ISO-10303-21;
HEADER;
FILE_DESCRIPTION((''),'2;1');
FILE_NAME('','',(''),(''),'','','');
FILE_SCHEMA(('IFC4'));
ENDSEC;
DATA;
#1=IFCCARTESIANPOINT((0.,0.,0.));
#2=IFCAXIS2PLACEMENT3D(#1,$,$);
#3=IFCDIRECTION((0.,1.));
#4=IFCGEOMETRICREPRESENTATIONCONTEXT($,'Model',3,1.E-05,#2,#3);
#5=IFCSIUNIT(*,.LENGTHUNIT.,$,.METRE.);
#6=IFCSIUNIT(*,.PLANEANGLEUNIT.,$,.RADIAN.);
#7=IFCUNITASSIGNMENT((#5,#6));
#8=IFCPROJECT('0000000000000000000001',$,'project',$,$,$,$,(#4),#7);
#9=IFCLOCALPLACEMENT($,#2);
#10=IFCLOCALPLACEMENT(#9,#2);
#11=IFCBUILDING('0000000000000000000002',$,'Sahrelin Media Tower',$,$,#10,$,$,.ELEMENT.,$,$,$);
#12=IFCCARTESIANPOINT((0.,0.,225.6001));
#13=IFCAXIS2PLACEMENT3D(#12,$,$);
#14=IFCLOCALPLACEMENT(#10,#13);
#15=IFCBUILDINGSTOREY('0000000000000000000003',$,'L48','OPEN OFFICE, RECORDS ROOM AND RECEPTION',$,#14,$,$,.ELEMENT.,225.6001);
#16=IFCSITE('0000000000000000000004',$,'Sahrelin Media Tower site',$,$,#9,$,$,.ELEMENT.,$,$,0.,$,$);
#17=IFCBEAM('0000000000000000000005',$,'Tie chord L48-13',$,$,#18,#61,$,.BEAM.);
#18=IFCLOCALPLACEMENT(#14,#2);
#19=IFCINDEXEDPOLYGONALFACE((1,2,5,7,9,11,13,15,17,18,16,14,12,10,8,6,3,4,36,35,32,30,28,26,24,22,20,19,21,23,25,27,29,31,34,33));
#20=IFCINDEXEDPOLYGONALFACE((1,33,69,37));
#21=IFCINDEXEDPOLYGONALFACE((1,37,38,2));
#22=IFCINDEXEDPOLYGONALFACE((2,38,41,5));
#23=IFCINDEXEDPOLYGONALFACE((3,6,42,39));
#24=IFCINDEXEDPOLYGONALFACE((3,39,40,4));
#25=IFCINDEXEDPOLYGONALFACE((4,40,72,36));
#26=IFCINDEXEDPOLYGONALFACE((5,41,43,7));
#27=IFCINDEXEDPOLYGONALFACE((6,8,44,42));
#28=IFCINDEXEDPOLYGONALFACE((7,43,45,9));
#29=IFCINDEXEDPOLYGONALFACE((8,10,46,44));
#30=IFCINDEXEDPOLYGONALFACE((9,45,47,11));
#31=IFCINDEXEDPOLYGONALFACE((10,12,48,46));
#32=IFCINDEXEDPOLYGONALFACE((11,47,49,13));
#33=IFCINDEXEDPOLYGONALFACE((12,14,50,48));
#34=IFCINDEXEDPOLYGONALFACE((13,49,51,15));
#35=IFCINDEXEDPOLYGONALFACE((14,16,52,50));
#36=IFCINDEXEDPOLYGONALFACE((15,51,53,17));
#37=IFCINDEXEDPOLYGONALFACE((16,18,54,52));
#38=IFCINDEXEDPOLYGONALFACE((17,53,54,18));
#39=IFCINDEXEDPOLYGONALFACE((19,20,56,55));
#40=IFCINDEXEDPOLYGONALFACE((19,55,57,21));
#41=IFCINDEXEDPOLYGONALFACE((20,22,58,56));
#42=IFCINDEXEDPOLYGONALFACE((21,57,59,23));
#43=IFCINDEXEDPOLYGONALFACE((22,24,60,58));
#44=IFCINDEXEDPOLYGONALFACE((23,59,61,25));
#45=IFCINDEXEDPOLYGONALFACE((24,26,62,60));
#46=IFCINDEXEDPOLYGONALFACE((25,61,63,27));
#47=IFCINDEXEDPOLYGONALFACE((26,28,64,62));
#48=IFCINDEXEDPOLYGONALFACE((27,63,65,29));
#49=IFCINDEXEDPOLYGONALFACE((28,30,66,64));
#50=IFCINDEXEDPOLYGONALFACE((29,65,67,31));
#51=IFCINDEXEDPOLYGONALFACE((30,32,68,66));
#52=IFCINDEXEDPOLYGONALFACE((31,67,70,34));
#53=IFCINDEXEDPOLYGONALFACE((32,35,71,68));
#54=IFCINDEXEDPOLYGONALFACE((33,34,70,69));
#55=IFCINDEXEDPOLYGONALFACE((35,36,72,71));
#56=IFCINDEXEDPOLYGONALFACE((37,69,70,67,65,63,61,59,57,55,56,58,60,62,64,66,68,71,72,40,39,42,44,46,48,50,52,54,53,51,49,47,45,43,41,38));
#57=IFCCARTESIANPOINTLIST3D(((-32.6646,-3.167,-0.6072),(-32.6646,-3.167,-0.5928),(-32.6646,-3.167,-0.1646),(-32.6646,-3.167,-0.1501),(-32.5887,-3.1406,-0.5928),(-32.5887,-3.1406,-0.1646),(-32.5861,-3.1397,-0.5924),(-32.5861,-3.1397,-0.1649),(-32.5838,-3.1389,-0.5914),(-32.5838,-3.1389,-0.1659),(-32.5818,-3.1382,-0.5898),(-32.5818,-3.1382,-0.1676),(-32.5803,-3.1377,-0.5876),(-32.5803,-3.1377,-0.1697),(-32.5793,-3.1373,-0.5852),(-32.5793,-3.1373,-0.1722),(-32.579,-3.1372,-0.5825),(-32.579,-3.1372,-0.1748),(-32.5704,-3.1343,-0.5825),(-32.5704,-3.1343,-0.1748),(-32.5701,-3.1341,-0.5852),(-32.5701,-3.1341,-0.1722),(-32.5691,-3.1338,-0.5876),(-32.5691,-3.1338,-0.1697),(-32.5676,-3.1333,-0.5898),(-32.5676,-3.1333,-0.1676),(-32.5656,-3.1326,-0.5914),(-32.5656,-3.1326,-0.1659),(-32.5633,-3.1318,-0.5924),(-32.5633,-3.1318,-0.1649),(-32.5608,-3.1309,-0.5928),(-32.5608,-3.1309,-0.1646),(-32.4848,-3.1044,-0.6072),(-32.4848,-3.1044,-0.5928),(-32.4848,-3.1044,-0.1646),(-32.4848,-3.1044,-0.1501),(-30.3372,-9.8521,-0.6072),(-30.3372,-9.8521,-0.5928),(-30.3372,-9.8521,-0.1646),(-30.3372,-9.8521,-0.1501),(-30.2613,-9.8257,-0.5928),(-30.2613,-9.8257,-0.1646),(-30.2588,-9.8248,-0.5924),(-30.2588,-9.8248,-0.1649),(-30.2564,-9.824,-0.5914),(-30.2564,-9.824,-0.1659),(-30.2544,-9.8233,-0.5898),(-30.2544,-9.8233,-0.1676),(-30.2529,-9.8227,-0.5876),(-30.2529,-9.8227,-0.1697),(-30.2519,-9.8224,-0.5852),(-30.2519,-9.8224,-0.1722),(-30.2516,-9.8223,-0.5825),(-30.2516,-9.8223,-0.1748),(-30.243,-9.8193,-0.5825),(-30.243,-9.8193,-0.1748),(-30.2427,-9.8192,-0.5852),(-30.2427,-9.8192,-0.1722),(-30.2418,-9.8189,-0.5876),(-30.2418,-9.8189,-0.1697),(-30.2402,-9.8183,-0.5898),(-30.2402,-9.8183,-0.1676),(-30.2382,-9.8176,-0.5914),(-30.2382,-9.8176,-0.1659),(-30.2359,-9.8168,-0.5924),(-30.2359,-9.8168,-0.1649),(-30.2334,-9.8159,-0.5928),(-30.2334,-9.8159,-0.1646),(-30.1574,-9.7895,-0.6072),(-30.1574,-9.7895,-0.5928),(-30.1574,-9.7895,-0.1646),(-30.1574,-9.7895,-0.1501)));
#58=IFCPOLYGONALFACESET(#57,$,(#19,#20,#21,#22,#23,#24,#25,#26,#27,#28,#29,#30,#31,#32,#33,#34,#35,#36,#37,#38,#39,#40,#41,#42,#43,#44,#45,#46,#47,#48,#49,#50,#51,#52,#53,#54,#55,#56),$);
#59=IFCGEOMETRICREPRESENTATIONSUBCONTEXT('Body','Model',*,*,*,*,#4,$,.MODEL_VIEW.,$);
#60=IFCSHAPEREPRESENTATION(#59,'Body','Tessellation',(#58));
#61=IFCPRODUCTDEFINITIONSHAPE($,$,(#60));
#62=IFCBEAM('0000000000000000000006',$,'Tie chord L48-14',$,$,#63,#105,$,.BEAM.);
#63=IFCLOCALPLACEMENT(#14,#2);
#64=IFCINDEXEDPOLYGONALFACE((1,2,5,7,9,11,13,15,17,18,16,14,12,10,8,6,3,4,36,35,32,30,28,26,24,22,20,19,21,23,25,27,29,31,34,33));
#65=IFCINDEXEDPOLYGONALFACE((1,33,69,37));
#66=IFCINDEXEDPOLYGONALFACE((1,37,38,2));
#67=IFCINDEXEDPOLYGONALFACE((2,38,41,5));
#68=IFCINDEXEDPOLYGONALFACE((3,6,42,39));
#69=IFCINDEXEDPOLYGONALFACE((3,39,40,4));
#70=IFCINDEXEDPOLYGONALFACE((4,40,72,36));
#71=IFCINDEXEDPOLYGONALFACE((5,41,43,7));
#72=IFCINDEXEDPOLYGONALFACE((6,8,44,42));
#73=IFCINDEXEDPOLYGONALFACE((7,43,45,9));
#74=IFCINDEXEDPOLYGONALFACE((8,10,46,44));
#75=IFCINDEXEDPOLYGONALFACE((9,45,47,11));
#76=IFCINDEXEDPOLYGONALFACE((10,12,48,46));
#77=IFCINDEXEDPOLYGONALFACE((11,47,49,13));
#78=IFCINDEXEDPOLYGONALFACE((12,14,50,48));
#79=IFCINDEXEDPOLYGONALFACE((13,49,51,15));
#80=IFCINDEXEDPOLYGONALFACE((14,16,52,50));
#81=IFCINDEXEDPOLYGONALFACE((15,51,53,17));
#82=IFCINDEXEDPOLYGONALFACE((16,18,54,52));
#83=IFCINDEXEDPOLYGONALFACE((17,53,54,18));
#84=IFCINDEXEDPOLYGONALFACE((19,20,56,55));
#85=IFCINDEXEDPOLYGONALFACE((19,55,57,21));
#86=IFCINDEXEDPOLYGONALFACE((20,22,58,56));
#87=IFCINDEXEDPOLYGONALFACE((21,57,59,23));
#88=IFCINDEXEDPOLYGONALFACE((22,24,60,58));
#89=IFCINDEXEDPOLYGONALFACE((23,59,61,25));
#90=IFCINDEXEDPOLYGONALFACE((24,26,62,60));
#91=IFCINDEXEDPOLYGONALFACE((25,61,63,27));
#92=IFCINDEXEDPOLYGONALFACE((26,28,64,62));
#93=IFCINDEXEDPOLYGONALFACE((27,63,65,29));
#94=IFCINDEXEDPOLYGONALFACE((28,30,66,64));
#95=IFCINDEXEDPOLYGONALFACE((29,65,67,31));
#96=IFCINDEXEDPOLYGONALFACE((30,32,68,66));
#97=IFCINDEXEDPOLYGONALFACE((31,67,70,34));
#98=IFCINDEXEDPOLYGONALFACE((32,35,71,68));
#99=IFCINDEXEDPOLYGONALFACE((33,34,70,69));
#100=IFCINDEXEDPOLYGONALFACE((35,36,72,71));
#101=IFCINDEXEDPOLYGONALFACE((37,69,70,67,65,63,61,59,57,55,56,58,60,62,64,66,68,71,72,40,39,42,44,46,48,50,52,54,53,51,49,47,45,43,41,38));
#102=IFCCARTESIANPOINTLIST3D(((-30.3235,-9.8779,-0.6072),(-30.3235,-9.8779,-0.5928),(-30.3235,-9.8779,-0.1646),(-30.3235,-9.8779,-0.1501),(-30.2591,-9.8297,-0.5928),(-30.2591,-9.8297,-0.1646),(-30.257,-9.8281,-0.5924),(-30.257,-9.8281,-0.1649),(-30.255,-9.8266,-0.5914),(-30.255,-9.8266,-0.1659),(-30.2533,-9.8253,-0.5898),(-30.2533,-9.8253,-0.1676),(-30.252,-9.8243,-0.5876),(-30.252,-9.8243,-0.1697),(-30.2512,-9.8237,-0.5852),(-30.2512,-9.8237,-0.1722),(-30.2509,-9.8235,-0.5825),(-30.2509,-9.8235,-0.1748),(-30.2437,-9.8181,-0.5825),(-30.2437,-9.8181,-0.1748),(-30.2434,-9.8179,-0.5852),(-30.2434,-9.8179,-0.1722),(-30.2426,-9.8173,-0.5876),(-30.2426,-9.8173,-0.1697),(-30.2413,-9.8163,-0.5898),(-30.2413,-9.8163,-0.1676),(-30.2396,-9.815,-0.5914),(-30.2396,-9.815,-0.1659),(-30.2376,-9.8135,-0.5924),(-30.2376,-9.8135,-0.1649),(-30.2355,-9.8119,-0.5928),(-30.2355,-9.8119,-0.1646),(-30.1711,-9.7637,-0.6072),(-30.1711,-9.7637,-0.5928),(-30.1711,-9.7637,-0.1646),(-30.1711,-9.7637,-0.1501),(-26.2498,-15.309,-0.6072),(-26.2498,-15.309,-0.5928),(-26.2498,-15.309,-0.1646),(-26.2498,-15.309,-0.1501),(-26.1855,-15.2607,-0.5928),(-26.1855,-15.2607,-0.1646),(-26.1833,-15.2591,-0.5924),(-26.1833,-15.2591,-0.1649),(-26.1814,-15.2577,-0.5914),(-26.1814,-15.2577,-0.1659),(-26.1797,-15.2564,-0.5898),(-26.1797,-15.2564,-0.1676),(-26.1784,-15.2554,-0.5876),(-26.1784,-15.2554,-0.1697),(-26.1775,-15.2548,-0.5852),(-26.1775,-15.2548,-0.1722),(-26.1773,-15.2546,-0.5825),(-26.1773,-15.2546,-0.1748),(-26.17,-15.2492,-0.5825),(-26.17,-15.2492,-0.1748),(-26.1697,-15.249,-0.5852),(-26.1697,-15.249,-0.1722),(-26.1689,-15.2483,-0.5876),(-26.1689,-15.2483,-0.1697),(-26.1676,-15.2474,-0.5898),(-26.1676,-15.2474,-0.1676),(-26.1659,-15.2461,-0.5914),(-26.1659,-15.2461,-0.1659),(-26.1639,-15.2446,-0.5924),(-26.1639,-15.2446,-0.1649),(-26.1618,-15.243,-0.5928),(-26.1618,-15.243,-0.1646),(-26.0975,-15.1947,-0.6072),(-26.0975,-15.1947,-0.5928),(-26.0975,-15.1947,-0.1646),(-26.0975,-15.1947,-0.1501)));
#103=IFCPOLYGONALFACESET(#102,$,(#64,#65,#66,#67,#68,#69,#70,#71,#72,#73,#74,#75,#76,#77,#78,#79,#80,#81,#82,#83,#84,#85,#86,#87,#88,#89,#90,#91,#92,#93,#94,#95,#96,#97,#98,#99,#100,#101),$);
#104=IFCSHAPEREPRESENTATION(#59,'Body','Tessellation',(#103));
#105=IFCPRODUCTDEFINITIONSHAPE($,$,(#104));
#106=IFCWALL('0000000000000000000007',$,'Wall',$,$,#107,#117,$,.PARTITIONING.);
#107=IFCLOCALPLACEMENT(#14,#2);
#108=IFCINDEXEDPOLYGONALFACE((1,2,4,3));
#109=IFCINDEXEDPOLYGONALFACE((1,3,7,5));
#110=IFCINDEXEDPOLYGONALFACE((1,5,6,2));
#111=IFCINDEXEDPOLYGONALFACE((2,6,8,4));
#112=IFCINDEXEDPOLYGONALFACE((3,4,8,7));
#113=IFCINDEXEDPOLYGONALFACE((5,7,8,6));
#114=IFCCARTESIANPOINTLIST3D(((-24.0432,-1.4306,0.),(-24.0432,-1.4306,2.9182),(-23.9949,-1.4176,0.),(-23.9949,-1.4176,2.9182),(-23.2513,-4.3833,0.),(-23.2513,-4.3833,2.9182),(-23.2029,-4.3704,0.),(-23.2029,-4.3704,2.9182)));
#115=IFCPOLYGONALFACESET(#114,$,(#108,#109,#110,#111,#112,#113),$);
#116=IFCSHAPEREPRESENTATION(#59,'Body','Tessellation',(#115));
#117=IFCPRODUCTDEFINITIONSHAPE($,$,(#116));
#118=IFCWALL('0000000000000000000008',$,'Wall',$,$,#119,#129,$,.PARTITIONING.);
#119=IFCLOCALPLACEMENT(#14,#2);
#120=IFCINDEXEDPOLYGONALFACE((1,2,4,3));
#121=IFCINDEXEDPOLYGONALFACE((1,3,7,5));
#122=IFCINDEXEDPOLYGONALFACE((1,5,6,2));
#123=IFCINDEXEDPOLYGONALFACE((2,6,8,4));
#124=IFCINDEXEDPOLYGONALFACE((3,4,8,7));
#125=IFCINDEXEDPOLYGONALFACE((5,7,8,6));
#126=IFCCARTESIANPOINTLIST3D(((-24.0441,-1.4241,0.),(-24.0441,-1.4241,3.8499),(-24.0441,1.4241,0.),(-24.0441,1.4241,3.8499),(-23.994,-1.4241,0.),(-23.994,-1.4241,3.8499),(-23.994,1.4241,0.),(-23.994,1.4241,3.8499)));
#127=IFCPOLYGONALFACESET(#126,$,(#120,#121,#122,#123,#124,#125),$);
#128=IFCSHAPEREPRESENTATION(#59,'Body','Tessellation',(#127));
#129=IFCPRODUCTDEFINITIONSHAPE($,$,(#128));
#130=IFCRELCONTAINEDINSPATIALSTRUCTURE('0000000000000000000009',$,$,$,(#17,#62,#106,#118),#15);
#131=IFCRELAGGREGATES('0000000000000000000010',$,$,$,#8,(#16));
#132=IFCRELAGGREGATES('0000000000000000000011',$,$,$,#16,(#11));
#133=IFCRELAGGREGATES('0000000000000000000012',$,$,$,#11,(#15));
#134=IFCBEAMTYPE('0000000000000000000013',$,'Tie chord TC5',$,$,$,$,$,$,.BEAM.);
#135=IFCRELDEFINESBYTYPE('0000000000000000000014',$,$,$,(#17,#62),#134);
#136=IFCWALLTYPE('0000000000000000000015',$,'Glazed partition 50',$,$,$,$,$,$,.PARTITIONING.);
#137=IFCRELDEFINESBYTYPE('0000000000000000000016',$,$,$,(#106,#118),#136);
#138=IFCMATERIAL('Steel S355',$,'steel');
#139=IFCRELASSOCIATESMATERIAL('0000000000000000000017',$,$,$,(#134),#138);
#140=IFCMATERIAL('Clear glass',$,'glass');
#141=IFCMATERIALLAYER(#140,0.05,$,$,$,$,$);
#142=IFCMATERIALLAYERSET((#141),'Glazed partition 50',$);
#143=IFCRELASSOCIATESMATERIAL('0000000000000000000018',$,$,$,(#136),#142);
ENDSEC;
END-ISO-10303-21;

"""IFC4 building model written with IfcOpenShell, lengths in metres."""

from ifc_helpers import new_model, si_unit, direction, frame, frame_2d, origin, origin_2d, place, context, subcontext, project, spatial, rectangle, i_section, extrude, material, layer, layer_set, material_profile, profile_set, type_object, element, save


model = new_model("IFC4")

# Units and contexts
model_context = context("Model", 3, precision=1e-05, world=origin(), true_north=direction((0.0, 1.0)))
body_context = subcontext(model_context, "Body", "Model", "MODEL_VIEW")
ifc_project = project(units=[si_unit("LENGTHUNIT", "METRE"), si_unit("PLANEANGLEUNIT", "RADIAN")], contexts=[model_context])

# Site, building, storey
site_placement = place(None, origin())
site = spatial("IfcSite", under=ifc_project, at=site_placement, Name="Sahrelin Media Tower site", CompositionType="ELEMENT", RefElevation=0.0)
building_placement = place(site_placement, origin())
building = spatial("IfcBuilding", under=site, at=building_placement, Name="Sahrelin Media Tower", CompositionType="ELEMENT")
storey_placement = place(building_placement, frame((0.0, 0.0, 225.6001)))
storey = spatial("IfcBuildingStorey", under=building, at=storey_placement, Name="L48", Description="OPEN OFFICE, RECORDS ROOM AND RECEPTION", CompositionType="ELEMENT", Elevation=225.6001)

# Beams
ifc_material_1 = material(Name="Steel S355", Category="steel")
ifc_material_profile = material_profile(ifc_material_1, i_section(OverallWidth=0.1904, OverallDepth=0.457, WebThickness=0.009, FlangeThickness=0.0144, FilletRadius=0.0103, at=origin_2d()), Name="UB 457x191x74")
ifc_profile_set = profile_set([ifc_material_profile], Name="Steel S355")
beam_type = type_object("IfcBeamType", Name="Tie chord TC5", PredefinedType="BEAM", material=ifc_profile_set)
beam_1_placement = place(storey_placement, frame((-32.5747, -3.1357, -0.3787), z_axis=(0.328792, -0.944402, 0.0), x_axis=(0.944402, 0.328792, 0.0)))
element("IfcBeam", 1, at=beam_1_placement, inside=storey, type_object=beam_type, Name="Tie chord L48-13", PredefinedType="BEAM", context=body_context, shape_type="SweptSolid", body=[
    extrude(i_section(OverallWidth=0.1904, OverallDepth=0.457, WebThickness=0.009, FlangeThickness=0.0144, FilletRadius=0.0103, at=origin_2d()), origin(), (0.0, 0.0, 1.0), 7.0786),
])
beam_2_placement = place(storey_placement, frame((-30.2473, -9.8208, -0.3787), z_axis=(0.600035, -0.799974, 0.0), x_axis=(0.799974, 0.600035, 0.0)))
element("IfcBeam", 2, at=beam_2_placement, inside=storey, type_object=beam_type, Name="Tie chord L48-14", PredefinedType="BEAM", context=body_context, shape_type="SweptSolid", body=[
    extrude(i_section(OverallWidth=0.1904, OverallDepth=0.457, WebThickness=0.009, FlangeThickness=0.0144, FilletRadius=0.0103, at=origin_2d()), origin(), (0.0, 0.0, 1.0), 6.7891),
])

# Walls
ifc_material_2 = material(Name="Clear glass", Category="glass")
ifc_layer = layer(ifc_material_2, 0.05)
ifc_layer_set = layer_set([ifc_layer], Name="Glazed partition 50")
wall_type = type_object("IfcWallType", Name="Glazed partition 50", PredefinedType="PARTITIONING", material=ifc_layer_set)
wall_1_placement = place(storey_placement, frame((-24.019, -1.4241, 0.0), z_axis=(0.0, 0.0, 1.0), x_axis=(0.259054, -0.965863, 0.0)))
element("IfcWall", 3, at=wall_1_placement, inside=storey, type_object=wall_type, Name="Wall", PredefinedType="PARTITIONING", context=body_context, shape_type="SweptSolid", body=[
    extrude(rectangle(XDim=3.0571, YDim=0.05, at=frame_2d((1.5286, 0.0))), origin(), (0.0, 0.0, 1.0), 2.9182),
])
wall_2_placement = place(storey_placement, frame((-24.019, -1.4241, 0.0), z_axis=(0.0, 0.0, 1.0), x_axis=(0.0, 1.0, 0.0)))
element("IfcWall", 4, at=wall_2_placement, inside=storey, type_object=wall_type, Name="Wall", PredefinedType="PARTITIONING", context=body_context, shape_type="SweptSolid", body=[
    extrude(rectangle(XDim=2.8481, YDim=0.05, at=frame_2d((1.4241, 0.0))), origin(), (0.0, 0.0, 1.0), 3.8499),
])

save(model, "model.ifc")
